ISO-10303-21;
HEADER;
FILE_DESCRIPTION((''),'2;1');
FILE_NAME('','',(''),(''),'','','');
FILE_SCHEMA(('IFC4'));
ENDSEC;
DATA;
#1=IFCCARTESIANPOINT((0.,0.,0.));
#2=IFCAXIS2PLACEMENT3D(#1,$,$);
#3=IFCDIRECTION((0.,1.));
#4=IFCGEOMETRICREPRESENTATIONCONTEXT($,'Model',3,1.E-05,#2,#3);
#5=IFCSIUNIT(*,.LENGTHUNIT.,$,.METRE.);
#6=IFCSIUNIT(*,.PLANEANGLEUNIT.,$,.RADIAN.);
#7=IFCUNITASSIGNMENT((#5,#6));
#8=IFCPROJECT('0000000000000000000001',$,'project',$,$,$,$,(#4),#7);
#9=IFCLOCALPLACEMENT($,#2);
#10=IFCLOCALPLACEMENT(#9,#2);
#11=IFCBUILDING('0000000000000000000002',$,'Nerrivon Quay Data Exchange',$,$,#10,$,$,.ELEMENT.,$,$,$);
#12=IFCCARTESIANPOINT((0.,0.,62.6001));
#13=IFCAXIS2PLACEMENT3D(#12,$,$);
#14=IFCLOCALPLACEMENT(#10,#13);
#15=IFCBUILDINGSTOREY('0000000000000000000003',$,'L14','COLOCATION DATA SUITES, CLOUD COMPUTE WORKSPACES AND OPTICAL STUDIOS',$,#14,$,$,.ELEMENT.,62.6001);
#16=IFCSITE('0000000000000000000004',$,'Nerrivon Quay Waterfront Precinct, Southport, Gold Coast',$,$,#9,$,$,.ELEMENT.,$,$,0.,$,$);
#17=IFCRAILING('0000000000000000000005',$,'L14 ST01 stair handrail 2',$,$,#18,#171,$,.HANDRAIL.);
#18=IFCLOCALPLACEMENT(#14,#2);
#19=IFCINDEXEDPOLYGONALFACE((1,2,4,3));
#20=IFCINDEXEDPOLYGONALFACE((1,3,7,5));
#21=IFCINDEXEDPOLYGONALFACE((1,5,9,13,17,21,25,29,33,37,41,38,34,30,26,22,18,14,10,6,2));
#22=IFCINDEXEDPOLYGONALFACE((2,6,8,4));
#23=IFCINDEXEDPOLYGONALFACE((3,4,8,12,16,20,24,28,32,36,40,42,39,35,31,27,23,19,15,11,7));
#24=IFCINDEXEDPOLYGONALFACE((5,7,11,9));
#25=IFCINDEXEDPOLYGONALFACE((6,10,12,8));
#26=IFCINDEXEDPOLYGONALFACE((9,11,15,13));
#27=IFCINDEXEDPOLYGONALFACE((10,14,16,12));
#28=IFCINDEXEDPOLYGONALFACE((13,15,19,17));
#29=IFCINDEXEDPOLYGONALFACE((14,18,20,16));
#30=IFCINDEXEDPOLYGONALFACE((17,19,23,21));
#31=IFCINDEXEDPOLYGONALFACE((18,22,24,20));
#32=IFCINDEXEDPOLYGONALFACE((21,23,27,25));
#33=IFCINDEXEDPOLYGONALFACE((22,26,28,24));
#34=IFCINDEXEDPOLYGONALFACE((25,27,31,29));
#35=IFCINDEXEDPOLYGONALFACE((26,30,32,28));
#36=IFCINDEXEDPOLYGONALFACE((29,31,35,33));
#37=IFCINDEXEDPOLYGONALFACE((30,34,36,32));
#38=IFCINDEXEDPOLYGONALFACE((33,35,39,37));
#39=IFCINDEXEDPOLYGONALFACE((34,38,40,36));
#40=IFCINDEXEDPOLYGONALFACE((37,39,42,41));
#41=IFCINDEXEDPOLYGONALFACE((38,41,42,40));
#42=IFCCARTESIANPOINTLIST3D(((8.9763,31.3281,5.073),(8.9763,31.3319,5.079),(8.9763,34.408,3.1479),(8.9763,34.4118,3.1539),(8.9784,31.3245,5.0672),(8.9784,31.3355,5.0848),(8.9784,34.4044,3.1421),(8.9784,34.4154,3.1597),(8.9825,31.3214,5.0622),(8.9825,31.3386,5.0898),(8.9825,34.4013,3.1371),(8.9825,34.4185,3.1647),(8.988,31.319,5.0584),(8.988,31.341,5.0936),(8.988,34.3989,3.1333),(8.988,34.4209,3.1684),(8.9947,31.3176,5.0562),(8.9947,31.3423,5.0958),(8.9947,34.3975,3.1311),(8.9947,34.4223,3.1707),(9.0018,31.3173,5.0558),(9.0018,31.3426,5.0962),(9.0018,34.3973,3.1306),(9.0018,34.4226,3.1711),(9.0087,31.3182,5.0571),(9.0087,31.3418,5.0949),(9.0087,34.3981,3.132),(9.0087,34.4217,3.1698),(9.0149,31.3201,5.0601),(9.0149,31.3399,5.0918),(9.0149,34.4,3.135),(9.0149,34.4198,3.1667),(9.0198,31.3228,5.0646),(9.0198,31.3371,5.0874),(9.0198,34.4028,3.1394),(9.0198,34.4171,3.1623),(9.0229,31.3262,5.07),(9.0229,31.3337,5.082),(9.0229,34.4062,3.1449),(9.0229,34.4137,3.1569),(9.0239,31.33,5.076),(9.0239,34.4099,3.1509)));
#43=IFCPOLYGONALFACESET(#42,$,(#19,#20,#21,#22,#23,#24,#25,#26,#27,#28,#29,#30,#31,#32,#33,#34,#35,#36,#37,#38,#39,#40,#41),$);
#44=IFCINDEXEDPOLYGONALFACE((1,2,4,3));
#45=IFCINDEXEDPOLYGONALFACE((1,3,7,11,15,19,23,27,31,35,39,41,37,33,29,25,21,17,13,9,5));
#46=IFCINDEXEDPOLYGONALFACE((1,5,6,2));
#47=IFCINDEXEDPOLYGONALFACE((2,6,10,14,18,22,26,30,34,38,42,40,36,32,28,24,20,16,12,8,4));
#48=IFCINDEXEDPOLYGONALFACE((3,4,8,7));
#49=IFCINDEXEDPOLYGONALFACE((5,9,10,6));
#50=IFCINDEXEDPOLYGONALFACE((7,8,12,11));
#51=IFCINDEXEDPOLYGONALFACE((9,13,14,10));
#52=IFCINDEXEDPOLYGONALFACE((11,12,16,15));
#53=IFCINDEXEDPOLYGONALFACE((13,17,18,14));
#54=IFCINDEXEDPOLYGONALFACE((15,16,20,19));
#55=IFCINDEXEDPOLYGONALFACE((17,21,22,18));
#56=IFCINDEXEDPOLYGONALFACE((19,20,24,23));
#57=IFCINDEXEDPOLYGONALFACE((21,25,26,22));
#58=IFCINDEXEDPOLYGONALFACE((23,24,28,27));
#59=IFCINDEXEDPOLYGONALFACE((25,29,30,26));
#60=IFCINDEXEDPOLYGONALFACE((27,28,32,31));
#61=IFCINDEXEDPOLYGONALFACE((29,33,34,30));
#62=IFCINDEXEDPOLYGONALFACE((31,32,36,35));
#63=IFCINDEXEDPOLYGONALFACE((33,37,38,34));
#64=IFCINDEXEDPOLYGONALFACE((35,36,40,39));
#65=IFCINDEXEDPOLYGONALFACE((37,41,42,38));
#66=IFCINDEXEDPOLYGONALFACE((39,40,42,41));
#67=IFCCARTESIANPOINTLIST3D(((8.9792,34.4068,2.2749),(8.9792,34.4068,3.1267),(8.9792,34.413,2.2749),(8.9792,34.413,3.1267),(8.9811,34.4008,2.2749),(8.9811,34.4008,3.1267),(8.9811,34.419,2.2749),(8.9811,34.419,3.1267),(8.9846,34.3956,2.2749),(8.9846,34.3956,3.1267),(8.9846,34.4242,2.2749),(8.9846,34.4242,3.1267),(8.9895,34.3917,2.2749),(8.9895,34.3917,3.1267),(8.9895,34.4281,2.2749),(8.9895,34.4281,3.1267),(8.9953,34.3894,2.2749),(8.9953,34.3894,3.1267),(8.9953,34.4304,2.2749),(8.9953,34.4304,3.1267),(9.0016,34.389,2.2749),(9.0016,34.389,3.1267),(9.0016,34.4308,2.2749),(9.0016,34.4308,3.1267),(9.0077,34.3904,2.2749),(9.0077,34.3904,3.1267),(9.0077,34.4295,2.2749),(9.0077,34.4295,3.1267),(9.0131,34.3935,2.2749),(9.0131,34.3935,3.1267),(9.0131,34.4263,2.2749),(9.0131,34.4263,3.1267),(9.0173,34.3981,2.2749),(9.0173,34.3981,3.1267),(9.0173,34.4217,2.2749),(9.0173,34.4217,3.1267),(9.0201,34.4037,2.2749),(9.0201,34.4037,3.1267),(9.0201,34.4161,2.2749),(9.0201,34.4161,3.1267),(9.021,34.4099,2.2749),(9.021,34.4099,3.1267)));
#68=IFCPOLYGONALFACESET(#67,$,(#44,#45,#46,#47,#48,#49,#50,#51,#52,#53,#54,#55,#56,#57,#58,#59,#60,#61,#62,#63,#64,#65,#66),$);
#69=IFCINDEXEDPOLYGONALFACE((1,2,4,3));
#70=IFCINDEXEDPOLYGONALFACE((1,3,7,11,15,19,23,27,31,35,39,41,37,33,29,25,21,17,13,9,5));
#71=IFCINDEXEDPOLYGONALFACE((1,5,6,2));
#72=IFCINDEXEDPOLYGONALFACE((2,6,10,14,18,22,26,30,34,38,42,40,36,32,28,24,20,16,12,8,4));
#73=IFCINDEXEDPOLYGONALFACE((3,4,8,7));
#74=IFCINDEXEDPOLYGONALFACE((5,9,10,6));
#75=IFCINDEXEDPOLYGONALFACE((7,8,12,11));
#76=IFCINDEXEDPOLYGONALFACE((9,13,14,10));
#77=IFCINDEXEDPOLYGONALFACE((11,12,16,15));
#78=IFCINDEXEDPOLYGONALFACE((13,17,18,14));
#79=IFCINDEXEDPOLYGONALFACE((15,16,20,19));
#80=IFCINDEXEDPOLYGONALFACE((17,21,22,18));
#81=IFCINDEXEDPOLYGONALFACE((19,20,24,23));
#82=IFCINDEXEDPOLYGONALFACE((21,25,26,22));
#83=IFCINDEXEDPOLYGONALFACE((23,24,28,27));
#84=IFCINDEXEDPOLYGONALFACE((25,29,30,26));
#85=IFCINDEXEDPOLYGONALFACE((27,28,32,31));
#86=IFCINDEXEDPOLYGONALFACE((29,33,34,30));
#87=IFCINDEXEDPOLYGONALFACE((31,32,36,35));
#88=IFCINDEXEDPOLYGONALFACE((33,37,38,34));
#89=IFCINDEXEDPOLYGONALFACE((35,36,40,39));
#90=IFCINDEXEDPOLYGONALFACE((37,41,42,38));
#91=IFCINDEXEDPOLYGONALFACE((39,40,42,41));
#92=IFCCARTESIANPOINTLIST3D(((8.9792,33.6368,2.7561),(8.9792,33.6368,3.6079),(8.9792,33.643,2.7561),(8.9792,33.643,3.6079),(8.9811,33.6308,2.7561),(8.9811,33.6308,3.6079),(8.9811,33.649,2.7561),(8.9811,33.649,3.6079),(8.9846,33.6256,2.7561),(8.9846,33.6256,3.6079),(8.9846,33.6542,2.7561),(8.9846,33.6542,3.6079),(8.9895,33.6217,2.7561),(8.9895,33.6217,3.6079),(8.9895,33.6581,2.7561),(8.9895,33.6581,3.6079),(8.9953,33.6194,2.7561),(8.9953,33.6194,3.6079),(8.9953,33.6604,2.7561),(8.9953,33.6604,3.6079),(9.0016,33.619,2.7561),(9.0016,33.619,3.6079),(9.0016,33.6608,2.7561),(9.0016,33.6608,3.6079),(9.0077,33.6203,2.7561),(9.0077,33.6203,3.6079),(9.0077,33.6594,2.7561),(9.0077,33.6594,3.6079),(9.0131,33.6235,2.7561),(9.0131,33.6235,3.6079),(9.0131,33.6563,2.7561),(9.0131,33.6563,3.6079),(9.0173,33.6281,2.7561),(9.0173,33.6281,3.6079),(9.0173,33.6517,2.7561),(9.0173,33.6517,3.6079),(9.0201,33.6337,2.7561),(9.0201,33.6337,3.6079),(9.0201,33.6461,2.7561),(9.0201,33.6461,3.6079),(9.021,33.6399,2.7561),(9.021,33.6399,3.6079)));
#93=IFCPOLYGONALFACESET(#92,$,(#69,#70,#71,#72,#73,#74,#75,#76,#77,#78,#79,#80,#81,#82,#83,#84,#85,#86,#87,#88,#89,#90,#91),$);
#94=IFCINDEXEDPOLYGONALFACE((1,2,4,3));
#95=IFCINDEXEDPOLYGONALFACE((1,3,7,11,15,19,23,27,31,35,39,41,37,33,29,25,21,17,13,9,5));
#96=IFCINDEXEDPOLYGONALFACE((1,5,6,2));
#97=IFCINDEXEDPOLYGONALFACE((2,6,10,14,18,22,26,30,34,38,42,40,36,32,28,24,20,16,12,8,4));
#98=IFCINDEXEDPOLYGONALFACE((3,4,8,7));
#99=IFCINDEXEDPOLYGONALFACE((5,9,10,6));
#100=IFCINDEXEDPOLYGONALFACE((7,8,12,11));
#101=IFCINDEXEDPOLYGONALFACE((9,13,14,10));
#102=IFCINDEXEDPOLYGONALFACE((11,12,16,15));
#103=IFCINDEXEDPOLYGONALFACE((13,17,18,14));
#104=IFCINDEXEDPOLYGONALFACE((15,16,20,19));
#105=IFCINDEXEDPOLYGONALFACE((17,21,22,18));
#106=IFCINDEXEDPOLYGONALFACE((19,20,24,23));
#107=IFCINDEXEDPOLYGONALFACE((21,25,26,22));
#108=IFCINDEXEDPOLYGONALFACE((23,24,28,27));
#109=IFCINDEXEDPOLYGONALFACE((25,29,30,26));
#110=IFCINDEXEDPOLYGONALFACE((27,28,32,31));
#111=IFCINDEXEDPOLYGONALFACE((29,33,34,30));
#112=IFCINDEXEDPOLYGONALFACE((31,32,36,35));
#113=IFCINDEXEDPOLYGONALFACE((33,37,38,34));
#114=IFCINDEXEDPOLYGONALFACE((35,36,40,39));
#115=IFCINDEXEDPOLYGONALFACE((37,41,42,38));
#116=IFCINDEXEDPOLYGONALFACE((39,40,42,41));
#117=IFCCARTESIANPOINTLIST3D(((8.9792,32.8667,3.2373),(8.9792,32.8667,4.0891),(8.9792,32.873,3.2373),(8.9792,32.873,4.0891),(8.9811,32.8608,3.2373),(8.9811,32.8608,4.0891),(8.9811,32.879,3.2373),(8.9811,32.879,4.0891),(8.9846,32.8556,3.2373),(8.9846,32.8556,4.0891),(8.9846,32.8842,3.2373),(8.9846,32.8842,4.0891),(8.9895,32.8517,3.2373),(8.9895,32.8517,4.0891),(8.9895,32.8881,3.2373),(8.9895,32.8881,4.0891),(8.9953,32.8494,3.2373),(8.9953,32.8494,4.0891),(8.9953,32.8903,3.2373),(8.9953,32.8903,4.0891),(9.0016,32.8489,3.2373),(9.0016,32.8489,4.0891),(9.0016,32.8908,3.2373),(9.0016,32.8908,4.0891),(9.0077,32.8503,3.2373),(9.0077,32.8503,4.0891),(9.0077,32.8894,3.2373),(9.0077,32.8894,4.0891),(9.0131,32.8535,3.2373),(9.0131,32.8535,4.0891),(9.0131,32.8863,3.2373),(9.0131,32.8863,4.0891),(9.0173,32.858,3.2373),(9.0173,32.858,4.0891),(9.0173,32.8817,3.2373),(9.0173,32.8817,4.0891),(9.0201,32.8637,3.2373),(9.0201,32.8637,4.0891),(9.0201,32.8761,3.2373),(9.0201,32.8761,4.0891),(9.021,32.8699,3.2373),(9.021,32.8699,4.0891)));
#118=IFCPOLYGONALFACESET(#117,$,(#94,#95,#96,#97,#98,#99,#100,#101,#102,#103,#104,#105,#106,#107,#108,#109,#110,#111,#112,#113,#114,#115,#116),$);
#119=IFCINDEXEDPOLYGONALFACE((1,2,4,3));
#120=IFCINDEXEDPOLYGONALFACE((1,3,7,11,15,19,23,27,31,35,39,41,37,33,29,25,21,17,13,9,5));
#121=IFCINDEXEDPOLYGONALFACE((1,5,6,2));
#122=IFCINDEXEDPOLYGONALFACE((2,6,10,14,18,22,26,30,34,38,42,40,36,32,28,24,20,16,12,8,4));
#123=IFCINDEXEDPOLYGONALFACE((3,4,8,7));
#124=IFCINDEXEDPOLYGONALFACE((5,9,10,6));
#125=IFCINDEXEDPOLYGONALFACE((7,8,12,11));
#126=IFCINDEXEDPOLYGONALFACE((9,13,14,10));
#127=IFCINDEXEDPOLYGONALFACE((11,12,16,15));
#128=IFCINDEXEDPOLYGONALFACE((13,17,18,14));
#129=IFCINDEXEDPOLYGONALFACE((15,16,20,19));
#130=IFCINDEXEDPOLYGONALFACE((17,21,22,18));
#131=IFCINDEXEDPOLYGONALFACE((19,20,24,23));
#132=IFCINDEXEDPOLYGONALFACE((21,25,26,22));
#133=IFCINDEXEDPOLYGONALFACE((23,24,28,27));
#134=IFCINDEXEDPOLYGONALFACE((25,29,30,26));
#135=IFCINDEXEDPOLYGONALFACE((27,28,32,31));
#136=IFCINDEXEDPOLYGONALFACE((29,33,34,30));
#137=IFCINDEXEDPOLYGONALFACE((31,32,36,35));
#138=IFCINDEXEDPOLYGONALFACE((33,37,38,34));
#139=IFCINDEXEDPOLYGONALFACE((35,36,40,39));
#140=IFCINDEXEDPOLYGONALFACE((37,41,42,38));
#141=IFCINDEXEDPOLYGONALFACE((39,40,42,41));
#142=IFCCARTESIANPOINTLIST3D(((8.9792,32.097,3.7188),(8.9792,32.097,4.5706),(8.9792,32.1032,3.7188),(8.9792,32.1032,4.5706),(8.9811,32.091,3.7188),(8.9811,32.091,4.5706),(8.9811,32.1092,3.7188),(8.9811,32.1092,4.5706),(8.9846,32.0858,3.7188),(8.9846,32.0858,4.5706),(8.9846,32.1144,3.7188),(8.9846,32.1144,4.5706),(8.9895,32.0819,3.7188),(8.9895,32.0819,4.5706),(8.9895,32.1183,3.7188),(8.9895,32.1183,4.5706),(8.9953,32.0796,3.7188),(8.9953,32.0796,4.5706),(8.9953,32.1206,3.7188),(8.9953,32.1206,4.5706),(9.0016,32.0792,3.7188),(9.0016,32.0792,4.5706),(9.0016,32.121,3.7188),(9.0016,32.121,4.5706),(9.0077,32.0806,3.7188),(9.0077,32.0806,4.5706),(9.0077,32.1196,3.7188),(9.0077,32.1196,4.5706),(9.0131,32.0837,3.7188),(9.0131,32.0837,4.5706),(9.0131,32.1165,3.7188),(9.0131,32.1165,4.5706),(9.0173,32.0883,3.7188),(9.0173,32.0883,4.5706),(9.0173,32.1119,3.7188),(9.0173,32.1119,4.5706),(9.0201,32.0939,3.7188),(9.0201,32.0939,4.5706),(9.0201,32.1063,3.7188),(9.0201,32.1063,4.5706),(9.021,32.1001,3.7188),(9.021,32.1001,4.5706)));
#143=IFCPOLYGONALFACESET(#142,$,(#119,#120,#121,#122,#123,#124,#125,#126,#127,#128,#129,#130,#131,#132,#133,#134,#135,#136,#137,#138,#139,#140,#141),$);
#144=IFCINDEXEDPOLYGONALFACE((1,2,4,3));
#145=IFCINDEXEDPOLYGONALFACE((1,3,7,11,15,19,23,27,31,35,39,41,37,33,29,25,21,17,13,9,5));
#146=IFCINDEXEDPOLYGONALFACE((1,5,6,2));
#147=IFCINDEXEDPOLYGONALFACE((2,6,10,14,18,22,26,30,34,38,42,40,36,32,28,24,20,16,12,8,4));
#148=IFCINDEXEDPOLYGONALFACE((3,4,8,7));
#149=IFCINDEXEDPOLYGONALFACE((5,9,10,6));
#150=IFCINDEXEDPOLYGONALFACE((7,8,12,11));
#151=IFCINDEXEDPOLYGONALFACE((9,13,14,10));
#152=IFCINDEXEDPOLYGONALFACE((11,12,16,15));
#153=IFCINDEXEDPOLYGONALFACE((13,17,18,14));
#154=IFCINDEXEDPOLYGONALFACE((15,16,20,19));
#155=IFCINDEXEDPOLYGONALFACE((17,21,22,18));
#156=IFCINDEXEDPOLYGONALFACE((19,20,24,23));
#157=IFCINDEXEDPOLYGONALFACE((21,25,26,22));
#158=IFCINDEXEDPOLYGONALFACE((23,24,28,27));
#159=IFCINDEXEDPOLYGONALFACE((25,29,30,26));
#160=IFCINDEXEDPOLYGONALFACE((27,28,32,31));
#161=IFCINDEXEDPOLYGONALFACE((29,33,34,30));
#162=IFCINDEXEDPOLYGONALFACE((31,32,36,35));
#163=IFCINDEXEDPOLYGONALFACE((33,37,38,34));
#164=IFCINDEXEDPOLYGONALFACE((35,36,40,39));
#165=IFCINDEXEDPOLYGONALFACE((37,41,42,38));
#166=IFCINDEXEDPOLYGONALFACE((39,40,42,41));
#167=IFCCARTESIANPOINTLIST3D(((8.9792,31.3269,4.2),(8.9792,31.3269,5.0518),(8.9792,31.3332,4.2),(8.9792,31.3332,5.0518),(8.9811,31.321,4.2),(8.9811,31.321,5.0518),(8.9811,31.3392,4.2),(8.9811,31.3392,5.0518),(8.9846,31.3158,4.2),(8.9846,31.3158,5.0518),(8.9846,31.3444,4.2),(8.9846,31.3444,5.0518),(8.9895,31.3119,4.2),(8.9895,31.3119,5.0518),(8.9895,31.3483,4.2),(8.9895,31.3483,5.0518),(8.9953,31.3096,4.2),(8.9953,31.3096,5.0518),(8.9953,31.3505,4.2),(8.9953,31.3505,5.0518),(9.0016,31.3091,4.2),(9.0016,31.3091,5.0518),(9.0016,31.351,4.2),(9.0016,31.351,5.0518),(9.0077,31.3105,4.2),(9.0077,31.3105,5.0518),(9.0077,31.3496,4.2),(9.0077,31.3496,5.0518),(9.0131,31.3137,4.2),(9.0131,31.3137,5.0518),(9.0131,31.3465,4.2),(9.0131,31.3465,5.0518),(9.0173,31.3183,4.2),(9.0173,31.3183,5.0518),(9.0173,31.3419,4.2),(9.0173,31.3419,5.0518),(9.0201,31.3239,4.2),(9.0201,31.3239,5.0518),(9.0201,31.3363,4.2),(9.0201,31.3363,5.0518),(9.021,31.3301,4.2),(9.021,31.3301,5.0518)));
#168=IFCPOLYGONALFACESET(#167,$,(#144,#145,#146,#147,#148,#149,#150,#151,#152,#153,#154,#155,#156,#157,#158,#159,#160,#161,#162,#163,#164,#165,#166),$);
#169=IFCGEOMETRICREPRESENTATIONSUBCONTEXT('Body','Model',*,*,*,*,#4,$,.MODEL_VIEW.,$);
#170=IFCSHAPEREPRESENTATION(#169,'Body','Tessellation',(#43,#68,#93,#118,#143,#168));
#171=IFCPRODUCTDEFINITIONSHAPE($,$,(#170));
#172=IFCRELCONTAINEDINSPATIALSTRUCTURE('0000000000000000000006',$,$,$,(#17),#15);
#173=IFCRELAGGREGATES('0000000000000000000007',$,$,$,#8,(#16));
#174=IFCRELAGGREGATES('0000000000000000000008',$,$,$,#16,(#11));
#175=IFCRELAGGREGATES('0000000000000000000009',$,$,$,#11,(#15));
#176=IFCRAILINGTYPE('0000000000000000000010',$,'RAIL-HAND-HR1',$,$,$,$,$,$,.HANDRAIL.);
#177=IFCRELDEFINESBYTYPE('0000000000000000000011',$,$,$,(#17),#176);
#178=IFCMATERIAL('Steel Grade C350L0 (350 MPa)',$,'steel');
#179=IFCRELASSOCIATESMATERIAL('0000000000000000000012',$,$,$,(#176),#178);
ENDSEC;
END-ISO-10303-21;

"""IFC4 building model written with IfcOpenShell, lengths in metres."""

from ifc_helpers import new_model, si_unit, direction, frame, origin, origin_2d, place, context, subcontext, project, spatial, circle, extrude, material, type_object, element, save


model = new_model("IFC4")

# Units and contexts
model_context = context("Model", 3, precision=1e-05, world=origin(), true_north=direction((0.0, 1.0)))
body_context = subcontext(model_context, "Body", "Model", "MODEL_VIEW")
ifc_project = project(units=[si_unit("LENGTHUNIT", "METRE"), si_unit("PLANEANGLEUNIT", "RADIAN")], contexts=[model_context])

# Site, building, storey
site_placement = place(None, origin())
site = spatial("IfcSite", under=ifc_project, at=site_placement, Name="Nerrivon Quay Waterfront Precinct, Southport, Gold Coast", CompositionType="ELEMENT", RefElevation=0.0)
building_placement = place(site_placement, origin())
building = spatial("IfcBuilding", under=site, at=building_placement, Name="Nerrivon Quay Data Exchange", CompositionType="ELEMENT")
storey_placement = place(building_placement, frame((0.0, 0.0, 62.6001)))
storey = spatial("IfcBuildingStorey", under=building, at=storey_placement, Name="L14", Description="COLOCATION DATA SUITES, CLOUD COMPUTE WORKSPACES AND OPTICAL STUDIOS", CompositionType="ELEMENT", Elevation=62.6001)

# Railing
ifc_material_1 = material(Name="Steel Grade C350L0 (350 MPa)", Category="steel")
railing_type_1 = type_object("IfcRailingType", Name="RAIL-HAND-HR1", PredefinedType="HANDRAIL", material=ifc_material_1)
railing_1_placement = place(storey_placement, frame((9.0, 34.4099, 2.2749)))
element("IfcRailing", 1, at=railing_1_placement, inside=storey, type_object=railing_type_1, Name="L14 ST01 stair handrail 2", PredefinedType="HANDRAIL", context=body_context, shape_type="SweptSolid", body=[
    extrude(circle(Radius=0.0239, at=origin_2d()), frame((0.0, 0.0, 0.876), z_axis=(0.0, -0.847979, 0.530029), x_axis=(1.0, 0.0, 0.0)), (0.0, 0.0, 1.0), 3.6321),
    extrude(circle(Radius=0.021, at=origin_2d()), origin(), (0.0, 0.0, 1.0), 0.8518),
    extrude(circle(Radius=0.021, at=origin_2d()), frame((0.0, -0.77, 0.4812)), (0.0, 0.0, 1.0), 0.8518),
    extrude(circle(Radius=0.021, at=origin_2d()), frame((0.0, -1.54, 0.9624)), (0.0, 0.0, 1.0), 0.8518),
    extrude(circle(Radius=0.021, at=origin_2d()), frame((0.0, -2.3098, 1.4438)), (0.0, 0.0, 1.0), 0.8518),
    extrude(circle(Radius=0.021, at=origin_2d()), frame((0.0, -3.0798, 1.925)), (0.0, 0.0, 1.0), 0.8518),
])

save(model, "model.ifc")
